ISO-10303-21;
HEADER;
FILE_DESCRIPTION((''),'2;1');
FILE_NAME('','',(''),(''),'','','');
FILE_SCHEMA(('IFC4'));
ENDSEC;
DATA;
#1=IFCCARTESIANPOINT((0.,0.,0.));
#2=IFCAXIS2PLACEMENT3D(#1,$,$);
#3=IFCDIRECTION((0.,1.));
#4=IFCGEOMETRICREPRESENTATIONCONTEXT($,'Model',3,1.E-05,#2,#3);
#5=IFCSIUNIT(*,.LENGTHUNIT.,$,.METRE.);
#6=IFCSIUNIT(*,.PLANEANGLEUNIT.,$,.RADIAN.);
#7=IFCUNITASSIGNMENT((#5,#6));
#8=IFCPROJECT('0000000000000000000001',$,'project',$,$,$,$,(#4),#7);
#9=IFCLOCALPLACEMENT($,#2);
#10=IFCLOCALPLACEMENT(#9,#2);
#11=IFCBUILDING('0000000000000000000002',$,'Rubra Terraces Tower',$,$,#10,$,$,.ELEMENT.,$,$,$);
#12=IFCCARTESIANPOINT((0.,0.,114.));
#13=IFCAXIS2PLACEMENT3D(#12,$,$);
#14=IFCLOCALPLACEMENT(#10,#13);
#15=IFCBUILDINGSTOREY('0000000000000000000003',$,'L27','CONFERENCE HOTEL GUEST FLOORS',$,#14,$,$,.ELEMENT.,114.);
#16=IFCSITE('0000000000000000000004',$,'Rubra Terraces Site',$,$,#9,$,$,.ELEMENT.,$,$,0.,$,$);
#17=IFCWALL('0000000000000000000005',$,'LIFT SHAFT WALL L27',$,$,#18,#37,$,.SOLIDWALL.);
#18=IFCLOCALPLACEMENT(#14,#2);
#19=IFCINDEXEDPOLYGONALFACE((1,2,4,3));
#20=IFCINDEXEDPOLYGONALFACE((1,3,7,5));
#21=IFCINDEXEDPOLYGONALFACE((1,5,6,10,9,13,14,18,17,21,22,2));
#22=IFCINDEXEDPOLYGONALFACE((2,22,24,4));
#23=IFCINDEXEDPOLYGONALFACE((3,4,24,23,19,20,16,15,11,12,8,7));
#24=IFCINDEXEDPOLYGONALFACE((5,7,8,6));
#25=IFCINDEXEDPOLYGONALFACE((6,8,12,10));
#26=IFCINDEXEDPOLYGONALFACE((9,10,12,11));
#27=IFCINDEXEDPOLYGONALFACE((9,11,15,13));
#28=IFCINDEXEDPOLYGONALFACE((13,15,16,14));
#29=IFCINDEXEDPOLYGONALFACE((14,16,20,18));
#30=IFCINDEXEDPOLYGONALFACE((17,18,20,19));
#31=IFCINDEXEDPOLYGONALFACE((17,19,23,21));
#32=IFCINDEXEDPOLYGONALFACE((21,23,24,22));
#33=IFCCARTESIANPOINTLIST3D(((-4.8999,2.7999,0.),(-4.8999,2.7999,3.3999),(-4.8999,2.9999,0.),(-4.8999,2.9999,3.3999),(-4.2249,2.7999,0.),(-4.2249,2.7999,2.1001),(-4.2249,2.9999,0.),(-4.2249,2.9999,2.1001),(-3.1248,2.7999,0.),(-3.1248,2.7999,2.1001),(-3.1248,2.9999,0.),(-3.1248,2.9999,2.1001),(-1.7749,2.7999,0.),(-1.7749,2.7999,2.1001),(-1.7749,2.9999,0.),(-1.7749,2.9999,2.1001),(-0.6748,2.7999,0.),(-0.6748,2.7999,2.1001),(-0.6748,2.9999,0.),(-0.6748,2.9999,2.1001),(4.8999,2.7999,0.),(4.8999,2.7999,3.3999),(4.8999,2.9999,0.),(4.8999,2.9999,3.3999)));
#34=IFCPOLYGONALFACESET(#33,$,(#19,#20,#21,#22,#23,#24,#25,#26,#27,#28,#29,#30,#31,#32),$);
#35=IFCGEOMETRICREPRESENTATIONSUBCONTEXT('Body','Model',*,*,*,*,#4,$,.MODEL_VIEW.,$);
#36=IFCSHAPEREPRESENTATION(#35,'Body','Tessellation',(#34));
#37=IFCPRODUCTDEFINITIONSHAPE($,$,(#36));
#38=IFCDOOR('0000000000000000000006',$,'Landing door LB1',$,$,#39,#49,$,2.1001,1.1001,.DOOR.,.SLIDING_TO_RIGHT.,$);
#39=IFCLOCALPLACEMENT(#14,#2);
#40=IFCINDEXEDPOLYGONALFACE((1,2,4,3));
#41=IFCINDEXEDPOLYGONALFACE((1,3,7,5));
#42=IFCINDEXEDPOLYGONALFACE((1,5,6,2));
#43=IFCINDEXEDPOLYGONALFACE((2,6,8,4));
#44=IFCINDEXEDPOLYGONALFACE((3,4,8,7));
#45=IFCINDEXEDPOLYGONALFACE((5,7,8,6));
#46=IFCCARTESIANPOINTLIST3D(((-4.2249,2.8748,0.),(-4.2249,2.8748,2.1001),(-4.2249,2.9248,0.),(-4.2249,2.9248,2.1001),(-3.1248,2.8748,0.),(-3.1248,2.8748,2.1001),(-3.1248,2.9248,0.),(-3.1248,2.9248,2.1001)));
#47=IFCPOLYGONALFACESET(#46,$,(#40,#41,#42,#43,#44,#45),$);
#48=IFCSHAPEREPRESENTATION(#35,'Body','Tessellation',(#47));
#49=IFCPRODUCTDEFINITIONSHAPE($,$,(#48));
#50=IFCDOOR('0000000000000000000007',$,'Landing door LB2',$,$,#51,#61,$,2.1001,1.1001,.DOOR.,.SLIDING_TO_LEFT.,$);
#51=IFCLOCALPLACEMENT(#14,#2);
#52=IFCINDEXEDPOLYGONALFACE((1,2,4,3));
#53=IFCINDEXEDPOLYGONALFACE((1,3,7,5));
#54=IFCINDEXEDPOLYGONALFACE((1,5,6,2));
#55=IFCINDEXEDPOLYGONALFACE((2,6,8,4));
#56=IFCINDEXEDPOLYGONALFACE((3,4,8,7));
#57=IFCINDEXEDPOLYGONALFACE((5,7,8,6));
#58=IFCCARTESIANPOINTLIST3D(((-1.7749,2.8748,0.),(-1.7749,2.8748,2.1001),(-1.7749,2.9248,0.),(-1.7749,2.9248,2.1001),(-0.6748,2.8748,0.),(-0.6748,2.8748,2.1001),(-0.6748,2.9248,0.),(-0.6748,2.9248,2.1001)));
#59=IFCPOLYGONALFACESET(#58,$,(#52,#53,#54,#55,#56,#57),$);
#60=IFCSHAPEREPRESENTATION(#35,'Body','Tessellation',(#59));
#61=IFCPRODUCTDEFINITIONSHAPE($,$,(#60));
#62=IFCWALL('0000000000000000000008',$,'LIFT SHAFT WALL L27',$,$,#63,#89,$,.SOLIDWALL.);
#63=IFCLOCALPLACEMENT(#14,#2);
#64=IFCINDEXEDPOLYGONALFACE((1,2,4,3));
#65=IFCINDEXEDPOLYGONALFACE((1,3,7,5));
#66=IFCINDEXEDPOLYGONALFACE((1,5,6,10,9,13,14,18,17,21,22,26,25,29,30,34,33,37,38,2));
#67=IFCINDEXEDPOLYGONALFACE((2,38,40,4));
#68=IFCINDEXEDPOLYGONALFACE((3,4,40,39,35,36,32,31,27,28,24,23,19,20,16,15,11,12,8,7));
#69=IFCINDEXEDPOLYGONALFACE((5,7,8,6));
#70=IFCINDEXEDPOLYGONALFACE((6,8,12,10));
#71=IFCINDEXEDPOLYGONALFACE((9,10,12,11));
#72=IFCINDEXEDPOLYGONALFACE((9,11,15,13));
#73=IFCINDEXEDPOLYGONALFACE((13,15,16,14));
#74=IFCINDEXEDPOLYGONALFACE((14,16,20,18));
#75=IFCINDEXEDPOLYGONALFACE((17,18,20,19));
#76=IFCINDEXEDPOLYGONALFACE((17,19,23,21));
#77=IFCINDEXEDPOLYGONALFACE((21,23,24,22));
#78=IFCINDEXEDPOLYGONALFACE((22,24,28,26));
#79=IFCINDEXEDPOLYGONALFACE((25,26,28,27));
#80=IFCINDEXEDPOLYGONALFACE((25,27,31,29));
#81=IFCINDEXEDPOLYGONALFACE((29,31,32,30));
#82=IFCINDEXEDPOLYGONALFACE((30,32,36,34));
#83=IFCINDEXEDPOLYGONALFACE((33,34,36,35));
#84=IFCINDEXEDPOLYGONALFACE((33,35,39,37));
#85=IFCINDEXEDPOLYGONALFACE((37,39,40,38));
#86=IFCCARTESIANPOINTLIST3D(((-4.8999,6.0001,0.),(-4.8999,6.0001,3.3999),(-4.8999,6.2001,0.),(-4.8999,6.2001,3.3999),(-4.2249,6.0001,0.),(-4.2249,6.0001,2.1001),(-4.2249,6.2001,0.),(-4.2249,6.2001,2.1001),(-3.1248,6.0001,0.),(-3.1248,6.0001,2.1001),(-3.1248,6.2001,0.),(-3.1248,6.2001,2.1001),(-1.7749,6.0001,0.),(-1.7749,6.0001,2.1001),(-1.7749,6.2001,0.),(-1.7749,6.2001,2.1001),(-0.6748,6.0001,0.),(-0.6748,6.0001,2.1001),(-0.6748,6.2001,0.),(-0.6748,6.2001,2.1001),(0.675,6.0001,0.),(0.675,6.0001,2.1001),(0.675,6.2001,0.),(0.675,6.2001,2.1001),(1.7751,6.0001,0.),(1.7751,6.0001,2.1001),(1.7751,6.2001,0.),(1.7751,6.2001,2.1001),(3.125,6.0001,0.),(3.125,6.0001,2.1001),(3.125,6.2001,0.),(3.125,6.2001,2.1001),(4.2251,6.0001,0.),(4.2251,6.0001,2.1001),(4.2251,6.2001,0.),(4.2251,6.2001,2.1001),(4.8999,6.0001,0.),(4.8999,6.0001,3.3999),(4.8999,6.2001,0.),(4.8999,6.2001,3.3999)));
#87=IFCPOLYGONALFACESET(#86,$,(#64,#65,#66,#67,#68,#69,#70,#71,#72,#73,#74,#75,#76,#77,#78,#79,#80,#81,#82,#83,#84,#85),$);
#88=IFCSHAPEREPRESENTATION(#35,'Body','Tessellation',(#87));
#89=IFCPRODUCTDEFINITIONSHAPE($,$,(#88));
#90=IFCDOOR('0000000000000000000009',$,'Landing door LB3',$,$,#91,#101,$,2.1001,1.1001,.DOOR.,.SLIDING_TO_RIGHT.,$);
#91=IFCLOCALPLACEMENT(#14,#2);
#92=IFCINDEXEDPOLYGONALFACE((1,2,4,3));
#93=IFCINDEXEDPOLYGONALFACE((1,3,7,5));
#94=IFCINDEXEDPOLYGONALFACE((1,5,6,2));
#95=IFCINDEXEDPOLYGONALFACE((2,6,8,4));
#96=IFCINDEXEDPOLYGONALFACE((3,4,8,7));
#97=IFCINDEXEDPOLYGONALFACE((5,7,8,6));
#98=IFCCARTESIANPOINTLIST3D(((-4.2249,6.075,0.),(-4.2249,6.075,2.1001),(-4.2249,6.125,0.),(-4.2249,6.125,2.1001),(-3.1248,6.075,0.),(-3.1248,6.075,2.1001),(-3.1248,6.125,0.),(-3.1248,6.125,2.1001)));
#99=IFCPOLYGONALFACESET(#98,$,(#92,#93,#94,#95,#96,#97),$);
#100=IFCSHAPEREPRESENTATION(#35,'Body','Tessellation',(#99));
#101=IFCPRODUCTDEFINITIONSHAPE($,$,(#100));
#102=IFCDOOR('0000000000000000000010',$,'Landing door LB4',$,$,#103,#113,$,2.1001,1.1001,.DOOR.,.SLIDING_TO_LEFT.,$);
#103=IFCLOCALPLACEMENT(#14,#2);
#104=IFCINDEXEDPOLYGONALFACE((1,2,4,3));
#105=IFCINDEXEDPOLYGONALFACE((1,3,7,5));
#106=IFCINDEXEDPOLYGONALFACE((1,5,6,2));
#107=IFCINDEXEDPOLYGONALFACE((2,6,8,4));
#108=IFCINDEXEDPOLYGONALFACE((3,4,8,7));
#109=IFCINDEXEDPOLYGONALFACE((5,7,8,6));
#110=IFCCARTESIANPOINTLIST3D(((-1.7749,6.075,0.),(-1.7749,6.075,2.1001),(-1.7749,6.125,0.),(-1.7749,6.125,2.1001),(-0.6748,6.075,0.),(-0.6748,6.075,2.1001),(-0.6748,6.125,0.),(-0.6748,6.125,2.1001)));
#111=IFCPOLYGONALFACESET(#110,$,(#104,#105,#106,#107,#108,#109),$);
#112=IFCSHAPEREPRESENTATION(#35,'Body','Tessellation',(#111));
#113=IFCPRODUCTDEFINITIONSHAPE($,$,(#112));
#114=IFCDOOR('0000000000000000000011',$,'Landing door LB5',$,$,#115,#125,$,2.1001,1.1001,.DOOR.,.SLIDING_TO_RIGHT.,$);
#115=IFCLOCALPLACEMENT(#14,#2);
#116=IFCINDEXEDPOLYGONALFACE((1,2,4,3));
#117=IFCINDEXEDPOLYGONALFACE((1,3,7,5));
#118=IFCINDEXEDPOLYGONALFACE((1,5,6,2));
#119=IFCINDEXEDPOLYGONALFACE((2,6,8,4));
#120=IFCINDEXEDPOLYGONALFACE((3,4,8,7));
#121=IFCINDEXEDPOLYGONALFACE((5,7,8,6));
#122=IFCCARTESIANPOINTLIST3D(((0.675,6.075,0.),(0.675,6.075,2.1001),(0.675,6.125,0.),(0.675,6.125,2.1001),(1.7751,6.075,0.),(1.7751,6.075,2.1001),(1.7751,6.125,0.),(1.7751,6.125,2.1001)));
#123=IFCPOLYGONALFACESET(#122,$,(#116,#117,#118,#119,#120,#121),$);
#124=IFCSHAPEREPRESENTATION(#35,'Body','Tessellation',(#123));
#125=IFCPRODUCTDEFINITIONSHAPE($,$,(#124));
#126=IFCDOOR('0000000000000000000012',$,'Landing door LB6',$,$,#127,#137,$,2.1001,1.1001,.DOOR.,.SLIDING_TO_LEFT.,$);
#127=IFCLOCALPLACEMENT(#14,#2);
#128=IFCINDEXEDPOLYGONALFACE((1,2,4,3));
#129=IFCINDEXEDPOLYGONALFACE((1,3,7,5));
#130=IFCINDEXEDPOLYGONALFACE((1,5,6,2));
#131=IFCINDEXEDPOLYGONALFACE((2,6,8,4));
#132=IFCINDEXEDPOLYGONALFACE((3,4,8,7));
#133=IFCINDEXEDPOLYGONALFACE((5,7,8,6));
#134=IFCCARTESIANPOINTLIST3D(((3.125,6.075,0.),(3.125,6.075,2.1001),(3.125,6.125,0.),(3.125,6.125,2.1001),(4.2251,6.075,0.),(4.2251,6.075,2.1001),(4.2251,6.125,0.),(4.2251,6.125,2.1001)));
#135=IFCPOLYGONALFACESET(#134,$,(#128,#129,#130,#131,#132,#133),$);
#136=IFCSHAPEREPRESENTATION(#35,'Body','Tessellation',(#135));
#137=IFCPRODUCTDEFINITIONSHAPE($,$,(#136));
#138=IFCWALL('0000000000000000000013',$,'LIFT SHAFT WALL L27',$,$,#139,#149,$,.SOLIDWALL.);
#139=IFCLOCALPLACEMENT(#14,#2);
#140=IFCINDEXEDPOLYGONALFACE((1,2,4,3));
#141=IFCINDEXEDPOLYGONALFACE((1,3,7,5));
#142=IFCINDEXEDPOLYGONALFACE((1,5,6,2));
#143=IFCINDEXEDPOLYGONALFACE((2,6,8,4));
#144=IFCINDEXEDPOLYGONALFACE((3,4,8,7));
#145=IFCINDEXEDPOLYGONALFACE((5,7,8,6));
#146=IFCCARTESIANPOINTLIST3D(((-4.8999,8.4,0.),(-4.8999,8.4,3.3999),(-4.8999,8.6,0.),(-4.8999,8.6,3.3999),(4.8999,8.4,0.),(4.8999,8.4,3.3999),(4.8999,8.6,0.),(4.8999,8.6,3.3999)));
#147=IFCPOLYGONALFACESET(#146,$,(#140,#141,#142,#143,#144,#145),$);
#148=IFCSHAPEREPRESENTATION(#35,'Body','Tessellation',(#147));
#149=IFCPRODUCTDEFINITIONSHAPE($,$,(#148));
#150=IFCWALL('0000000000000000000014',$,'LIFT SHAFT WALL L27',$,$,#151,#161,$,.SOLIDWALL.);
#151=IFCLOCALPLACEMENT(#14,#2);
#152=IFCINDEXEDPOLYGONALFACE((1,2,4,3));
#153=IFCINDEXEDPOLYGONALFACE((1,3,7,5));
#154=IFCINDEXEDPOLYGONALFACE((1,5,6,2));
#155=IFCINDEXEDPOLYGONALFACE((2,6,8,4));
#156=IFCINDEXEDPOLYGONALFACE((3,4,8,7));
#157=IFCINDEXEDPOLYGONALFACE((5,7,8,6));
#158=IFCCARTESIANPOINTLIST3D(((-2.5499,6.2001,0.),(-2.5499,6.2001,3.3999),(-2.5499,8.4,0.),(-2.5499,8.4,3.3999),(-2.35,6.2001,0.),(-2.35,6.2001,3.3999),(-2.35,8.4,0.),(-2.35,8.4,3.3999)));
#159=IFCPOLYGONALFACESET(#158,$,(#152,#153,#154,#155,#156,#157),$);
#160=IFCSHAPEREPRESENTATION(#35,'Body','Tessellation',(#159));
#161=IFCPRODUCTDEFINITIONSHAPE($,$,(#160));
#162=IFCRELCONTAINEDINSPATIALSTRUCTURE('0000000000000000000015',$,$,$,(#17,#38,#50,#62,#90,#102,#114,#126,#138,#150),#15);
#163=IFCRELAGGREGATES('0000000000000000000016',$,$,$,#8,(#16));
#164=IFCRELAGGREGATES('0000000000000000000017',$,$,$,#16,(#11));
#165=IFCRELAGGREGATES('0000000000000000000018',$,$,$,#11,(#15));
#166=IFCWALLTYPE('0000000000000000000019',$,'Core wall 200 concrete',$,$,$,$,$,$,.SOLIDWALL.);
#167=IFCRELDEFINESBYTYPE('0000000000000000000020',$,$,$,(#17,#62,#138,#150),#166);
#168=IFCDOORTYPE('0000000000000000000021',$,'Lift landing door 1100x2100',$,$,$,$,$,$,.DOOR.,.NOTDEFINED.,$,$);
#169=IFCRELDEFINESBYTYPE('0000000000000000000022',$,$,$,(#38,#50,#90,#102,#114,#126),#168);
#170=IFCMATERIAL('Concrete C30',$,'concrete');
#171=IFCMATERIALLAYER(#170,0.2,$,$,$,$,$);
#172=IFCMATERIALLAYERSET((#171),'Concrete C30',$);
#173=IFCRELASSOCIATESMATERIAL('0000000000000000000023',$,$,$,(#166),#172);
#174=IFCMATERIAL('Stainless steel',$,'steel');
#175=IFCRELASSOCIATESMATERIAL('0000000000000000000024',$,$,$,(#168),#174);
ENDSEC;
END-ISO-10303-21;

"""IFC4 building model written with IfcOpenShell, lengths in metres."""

from ifc_helpers import new_model, si_unit, direction, frame, frame_2d, origin, place, context, subcontext, project, spatial, rectangle, extrude, material, layer, layer_set, type_object, element, fill, save


model = new_model("IFC4")

# Units and contexts
model_context = context("Model", 3, precision=1e-05, world=origin(), true_north=direction((0.0, 1.0)))
body_context = subcontext(model_context, "Body", "Model", "MODEL_VIEW")
ifc_project = project(units=[si_unit("LENGTHUNIT", "METRE"), si_unit("PLANEANGLEUNIT", "RADIAN")], contexts=[model_context])

# Site, building, storey
site_placement = place(None, origin())
site = spatial("IfcSite", under=ifc_project, at=site_placement, Name="Rubra Terraces Site", CompositionType="ELEMENT", RefElevation=0.0)
building_placement = place(site_placement, origin())
building = spatial("IfcBuilding", under=site, at=building_placement, Name="Rubra Terraces Tower", CompositionType="ELEMENT")
storey_placement = place(building_placement, frame((0.0, 0.0, 114.0)))
storey = spatial("IfcBuildingStorey", under=building, at=storey_placement, Name="L27", Description="CONFERENCE HOTEL GUEST FLOORS", CompositionType="ELEMENT", Elevation=114.0)

# Walls, openings, doors
ifc_material_1 = material(Name="Concrete C30", Category="concrete")
ifc_layer_1 = layer(ifc_material_1, 0.2)
ifc_layer_set_1 = layer_set([ifc_layer_1], Name="Concrete C30")
wall_type_1 = type_object("IfcWallType", Name="Core wall 200 concrete", PredefinedType="SOLIDWALL", material=ifc_layer_set_1)
wall_1_placement = place(storey_placement, frame((-4.8999, 2.8999, 0.0), z_axis=(0.0, 0.0, 1.0), x_axis=(1.0, 0.0, 0.0)))
wall_1 = element("IfcWall", 1, at=wall_1_placement, inside=storey, type_object=wall_type_1, Name="LIFT SHAFT WALL L27", PredefinedType="SOLIDWALL", context=body_context, shape_type="SweptSolid", body=[
    extrude(rectangle(XDim=9.7998, YDim=0.2, at=frame_2d((4.8999, 0.0))), origin(), (0.0, 0.0, 1.0), 3.3999),
])
opening_1_placement = place(wall_1_placement, frame((0.675, 0.0, 0.0)))
opening_1 = element("IfcOpeningElement", 2, at=opening_1_placement, cuts=wall_1, PredefinedType="OPENING", context=body_context, shape_type="SweptSolid", body=[
    extrude(rectangle(XDim=1.1001, YDim=2.1001, at=frame_2d((0.55, 1.05))), frame((0.0, 0.1099, 0.0), z_axis=(0.0, -1.0, 0.0), x_axis=(1.0, 0.0, 0.0)), (0.0, 0.0, 1.0), 0.22),
])
opening_2_placement = place(wall_1_placement, frame((3.125, 0.0, 0.0)))
opening_2 = element("IfcOpeningElement", 3, at=opening_2_placement, cuts=wall_1, PredefinedType="OPENING", context=body_context, shape_type="SweptSolid", body=[
    extrude(rectangle(XDim=1.1001, YDim=2.1001, at=frame_2d((0.55, 1.05))), frame((0.0, 0.1099, 0.0), z_axis=(0.0, -1.0, 0.0), x_axis=(1.0, 0.0, 0.0)), (0.0, 0.0, 1.0), 0.22),
])
ifc_material_2 = material(Name="Stainless steel", Category="steel")
door_type = type_object("IfcDoorType", Name="Lift landing door 1100x2100", OperationType="NOTDEFINED", PredefinedType="DOOR", material=ifc_material_2)
door_1_placement = place(opening_1_placement, origin())
door_1 = element("IfcDoor", 4, at=door_1_placement, inside=storey, type_object=door_type, Name="Landing door LB1", OperationType="SLIDING_TO_RIGHT", OverallHeight=2.1001, OverallWidth=1.1001, PredefinedType="DOOR", context=body_context, shape_type="SweptSolid", body=[
    extrude(rectangle(XDim=1.1001, YDim=2.1001, at=frame_2d((0.55, 1.05))), frame((0.0, 0.0249, 0.0), z_axis=(0.0, -1.0, 0.0), x_axis=(1.0, 0.0, 0.0)), (0.0, 0.0, 1.0), 0.05),
])
fill(opening_1, door_1)
door_2_placement = place(opening_2_placement, origin())
door_2 = element("IfcDoor", 5, at=door_2_placement, inside=storey, type_object=door_type, Name="Landing door LB2", OperationType="SLIDING_TO_LEFT", OverallHeight=2.1001, OverallWidth=1.1001, PredefinedType="DOOR", context=body_context, shape_type="SweptSolid", body=[
    extrude(rectangle(XDim=1.1001, YDim=2.1001, at=frame_2d((0.55, 1.05))), frame((0.0, 0.0249, 0.0), z_axis=(0.0, -1.0, 0.0), x_axis=(1.0, 0.0, 0.0)), (0.0, 0.0, 1.0), 0.05),
])
fill(opening_2, door_2)
wall_2_placement = place(storey_placement, frame((-4.8999, 6.1001, 0.0), z_axis=(0.0, 0.0, 1.0), x_axis=(1.0, 0.0, 0.0)))
wall_2 = element("IfcWall", 6, at=wall_2_placement, inside=storey, type_object=wall_type_1, Name="LIFT SHAFT WALL L27", PredefinedType="SOLIDWALL", context=body_context, shape_type="SweptSolid", body=[
    extrude(rectangle(XDim=9.7998, YDim=0.2, at=frame_2d((4.8999, 0.0))), origin(), (0.0, 0.0, 1.0), 3.3999),
])
opening_3_placement = place(wall_2_placement, frame((0.675, 0.0, 0.0)))
opening_3 = element("IfcOpeningElement", 7, at=opening_3_placement, cuts=wall_2, PredefinedType="OPENING", context=body_context, shape_type="SweptSolid", body=[
    extrude(rectangle(XDim=1.1001, YDim=2.1001, at=frame_2d((0.55, 1.05))), frame((0.0, 0.1099, 0.0), z_axis=(0.0, -1.0, 0.0), x_axis=(1.0, 0.0, 0.0)), (0.0, 0.0, 1.0), 0.22),
])
opening_4_placement = place(wall_2_placement, frame((3.125, 0.0, 0.0)))
opening_4 = element("IfcOpeningElement", 8, at=opening_4_placement, cuts=wall_2, PredefinedType="OPENING", context=body_context, shape_type="SweptSolid", body=[
    extrude(rectangle(XDim=1.1001, YDim=2.1001, at=frame_2d((0.55, 1.05))), frame((0.0, 0.1099, 0.0), z_axis=(0.0, -1.0, 0.0), x_axis=(1.0, 0.0, 0.0)), (0.0, 0.0, 1.0), 0.22),
])
opening_5_placement = place(wall_2_placement, frame((5.575, 0.0, 0.0)))
opening_5 = element("IfcOpeningElement", 9, at=opening_5_placement, cuts=wall_2, PredefinedType="OPENING", context=body_context, shape_type="SweptSolid", body=[
    extrude(rectangle(XDim=1.1001, YDim=2.1001, at=frame_2d((0.55, 1.05))), frame((0.0, 0.1099, 0.0), z_axis=(0.0, -1.0, 0.0), x_axis=(1.0, 0.0, 0.0)), (0.0, 0.0, 1.0), 0.22),
])
opening_6_placement = place(wall_2_placement, frame((8.0249, 0.0, 0.0)))
opening_6 = element("IfcOpeningElement", 10, at=opening_6_placement, cuts=wall_2, PredefinedType="OPENING", context=body_context, shape_type="SweptSolid", body=[
    extrude(rectangle(XDim=1.1001, YDim=2.1001, at=frame_2d((0.55, 1.05))), frame((0.0, 0.1099, 0.0), z_axis=(0.0, -1.0, 0.0), x_axis=(1.0, 0.0, 0.0)), (0.0, 0.0, 1.0), 0.22),
])
door_3_placement = place(opening_3_placement, origin())
door_3 = element("IfcDoor", 11, at=door_3_placement, inside=storey, type_object=door_type, Name="Landing door LB3", OperationType="SLIDING_TO_RIGHT", OverallHeight=2.1001, OverallWidth=1.1001, PredefinedType="DOOR", context=body_context, shape_type="SweptSolid", body=[
    extrude(rectangle(XDim=1.1001, YDim=2.1001, at=frame_2d((0.55, 1.05))), frame((0.0, 0.0249, 0.0), z_axis=(0.0, -1.0, 0.0), x_axis=(1.0, 0.0, 0.0)), (0.0, 0.0, 1.0), 0.05),
])
fill(opening_3, door_3)
door_4_placement = place(opening_4_placement, origin())
door_4 = element("IfcDoor", 12, at=door_4_placement, inside=storey, type_object=door_type, Name="Landing door LB4", OperationType="SLIDING_TO_LEFT", OverallHeight=2.1001, OverallWidth=1.1001, PredefinedType="DOOR", context=body_context, shape_type="SweptSolid", body=[
    extrude(rectangle(XDim=1.1001, YDim=2.1001, at=frame_2d((0.55, 1.05))), frame((0.0, 0.0249, 0.0), z_axis=(0.0, -1.0, 0.0), x_axis=(1.0, 0.0, 0.0)), (0.0, 0.0, 1.0), 0.05),
])
fill(opening_4, door_4)
door_5_placement = place(opening_5_placement, origin())
door_5 = element("IfcDoor", 13, at=door_5_placement, inside=storey, type_object=door_type, Name="Landing door LB5", OperationType="SLIDING_TO_RIGHT", OverallHeight=2.1001, OverallWidth=1.1001, PredefinedType="DOOR", context=body_context, shape_type="SweptSolid", body=[
    extrude(rectangle(XDim=1.1001, YDim=2.1001, at=frame_2d((0.55, 1.05))), frame((0.0, 0.0249, 0.0), z_axis=(0.0, -1.0, 0.0), x_axis=(1.0, 0.0, 0.0)), (0.0, 0.0, 1.0), 0.05),
])
fill(opening_5, door_5)
door_6_placement = place(opening_6_placement, origin())
door_6 = element("IfcDoor", 14, at=door_6_placement, inside=storey, type_object=door_type, Name="Landing door LB6", OperationType="SLIDING_TO_LEFT", OverallHeight=2.1001, OverallWidth=1.1001, PredefinedType="DOOR", context=body_context, shape_type="SweptSolid", body=[
    extrude(rectangle(XDim=1.1001, YDim=2.1001, at=frame_2d((0.55, 1.05))), frame((0.0, 0.0249, 0.0), z_axis=(0.0, -1.0, 0.0), x_axis=(1.0, 0.0, 0.0)), (0.0, 0.0, 1.0), 0.05),
])
fill(opening_6, door_6)

# Walls
wall_3_placement = place(storey_placement, frame((-4.8999, 8.5, 0.0), z_axis=(0.0, 0.0, 1.0), x_axis=(1.0, 0.0, 0.0)))
element("IfcWall", 15, at=wall_3_placement, inside=storey, type_object=wall_type_1, Name="LIFT SHAFT WALL L27", PredefinedType="SOLIDWALL", context=body_context, shape_type="SweptSolid", body=[
    extrude(rectangle(XDim=9.7998, YDim=0.2, at=frame_2d((4.8999, 0.0))), origin(), (0.0, 0.0, 1.0), 3.3999),
])
wall_4_placement = place(storey_placement, frame((-2.45, 6.2, 0.0), z_axis=(0.0, 0.0, 1.0), x_axis=(0.0, 1.0, 0.0)))
element("IfcWall", 16, at=wall_4_placement, inside=storey, type_object=wall_type_1, Name="LIFT SHAFT WALL L27", PredefinedType="SOLIDWALL", context=body_context, shape_type="SweptSolid", body=[
    extrude(rectangle(XDim=2.2, YDim=0.2, at=frame_2d((1.1001, 0.0))), origin(), (0.0, 0.0, 1.0), 3.3999),
])

save(model, "model.ifc")
